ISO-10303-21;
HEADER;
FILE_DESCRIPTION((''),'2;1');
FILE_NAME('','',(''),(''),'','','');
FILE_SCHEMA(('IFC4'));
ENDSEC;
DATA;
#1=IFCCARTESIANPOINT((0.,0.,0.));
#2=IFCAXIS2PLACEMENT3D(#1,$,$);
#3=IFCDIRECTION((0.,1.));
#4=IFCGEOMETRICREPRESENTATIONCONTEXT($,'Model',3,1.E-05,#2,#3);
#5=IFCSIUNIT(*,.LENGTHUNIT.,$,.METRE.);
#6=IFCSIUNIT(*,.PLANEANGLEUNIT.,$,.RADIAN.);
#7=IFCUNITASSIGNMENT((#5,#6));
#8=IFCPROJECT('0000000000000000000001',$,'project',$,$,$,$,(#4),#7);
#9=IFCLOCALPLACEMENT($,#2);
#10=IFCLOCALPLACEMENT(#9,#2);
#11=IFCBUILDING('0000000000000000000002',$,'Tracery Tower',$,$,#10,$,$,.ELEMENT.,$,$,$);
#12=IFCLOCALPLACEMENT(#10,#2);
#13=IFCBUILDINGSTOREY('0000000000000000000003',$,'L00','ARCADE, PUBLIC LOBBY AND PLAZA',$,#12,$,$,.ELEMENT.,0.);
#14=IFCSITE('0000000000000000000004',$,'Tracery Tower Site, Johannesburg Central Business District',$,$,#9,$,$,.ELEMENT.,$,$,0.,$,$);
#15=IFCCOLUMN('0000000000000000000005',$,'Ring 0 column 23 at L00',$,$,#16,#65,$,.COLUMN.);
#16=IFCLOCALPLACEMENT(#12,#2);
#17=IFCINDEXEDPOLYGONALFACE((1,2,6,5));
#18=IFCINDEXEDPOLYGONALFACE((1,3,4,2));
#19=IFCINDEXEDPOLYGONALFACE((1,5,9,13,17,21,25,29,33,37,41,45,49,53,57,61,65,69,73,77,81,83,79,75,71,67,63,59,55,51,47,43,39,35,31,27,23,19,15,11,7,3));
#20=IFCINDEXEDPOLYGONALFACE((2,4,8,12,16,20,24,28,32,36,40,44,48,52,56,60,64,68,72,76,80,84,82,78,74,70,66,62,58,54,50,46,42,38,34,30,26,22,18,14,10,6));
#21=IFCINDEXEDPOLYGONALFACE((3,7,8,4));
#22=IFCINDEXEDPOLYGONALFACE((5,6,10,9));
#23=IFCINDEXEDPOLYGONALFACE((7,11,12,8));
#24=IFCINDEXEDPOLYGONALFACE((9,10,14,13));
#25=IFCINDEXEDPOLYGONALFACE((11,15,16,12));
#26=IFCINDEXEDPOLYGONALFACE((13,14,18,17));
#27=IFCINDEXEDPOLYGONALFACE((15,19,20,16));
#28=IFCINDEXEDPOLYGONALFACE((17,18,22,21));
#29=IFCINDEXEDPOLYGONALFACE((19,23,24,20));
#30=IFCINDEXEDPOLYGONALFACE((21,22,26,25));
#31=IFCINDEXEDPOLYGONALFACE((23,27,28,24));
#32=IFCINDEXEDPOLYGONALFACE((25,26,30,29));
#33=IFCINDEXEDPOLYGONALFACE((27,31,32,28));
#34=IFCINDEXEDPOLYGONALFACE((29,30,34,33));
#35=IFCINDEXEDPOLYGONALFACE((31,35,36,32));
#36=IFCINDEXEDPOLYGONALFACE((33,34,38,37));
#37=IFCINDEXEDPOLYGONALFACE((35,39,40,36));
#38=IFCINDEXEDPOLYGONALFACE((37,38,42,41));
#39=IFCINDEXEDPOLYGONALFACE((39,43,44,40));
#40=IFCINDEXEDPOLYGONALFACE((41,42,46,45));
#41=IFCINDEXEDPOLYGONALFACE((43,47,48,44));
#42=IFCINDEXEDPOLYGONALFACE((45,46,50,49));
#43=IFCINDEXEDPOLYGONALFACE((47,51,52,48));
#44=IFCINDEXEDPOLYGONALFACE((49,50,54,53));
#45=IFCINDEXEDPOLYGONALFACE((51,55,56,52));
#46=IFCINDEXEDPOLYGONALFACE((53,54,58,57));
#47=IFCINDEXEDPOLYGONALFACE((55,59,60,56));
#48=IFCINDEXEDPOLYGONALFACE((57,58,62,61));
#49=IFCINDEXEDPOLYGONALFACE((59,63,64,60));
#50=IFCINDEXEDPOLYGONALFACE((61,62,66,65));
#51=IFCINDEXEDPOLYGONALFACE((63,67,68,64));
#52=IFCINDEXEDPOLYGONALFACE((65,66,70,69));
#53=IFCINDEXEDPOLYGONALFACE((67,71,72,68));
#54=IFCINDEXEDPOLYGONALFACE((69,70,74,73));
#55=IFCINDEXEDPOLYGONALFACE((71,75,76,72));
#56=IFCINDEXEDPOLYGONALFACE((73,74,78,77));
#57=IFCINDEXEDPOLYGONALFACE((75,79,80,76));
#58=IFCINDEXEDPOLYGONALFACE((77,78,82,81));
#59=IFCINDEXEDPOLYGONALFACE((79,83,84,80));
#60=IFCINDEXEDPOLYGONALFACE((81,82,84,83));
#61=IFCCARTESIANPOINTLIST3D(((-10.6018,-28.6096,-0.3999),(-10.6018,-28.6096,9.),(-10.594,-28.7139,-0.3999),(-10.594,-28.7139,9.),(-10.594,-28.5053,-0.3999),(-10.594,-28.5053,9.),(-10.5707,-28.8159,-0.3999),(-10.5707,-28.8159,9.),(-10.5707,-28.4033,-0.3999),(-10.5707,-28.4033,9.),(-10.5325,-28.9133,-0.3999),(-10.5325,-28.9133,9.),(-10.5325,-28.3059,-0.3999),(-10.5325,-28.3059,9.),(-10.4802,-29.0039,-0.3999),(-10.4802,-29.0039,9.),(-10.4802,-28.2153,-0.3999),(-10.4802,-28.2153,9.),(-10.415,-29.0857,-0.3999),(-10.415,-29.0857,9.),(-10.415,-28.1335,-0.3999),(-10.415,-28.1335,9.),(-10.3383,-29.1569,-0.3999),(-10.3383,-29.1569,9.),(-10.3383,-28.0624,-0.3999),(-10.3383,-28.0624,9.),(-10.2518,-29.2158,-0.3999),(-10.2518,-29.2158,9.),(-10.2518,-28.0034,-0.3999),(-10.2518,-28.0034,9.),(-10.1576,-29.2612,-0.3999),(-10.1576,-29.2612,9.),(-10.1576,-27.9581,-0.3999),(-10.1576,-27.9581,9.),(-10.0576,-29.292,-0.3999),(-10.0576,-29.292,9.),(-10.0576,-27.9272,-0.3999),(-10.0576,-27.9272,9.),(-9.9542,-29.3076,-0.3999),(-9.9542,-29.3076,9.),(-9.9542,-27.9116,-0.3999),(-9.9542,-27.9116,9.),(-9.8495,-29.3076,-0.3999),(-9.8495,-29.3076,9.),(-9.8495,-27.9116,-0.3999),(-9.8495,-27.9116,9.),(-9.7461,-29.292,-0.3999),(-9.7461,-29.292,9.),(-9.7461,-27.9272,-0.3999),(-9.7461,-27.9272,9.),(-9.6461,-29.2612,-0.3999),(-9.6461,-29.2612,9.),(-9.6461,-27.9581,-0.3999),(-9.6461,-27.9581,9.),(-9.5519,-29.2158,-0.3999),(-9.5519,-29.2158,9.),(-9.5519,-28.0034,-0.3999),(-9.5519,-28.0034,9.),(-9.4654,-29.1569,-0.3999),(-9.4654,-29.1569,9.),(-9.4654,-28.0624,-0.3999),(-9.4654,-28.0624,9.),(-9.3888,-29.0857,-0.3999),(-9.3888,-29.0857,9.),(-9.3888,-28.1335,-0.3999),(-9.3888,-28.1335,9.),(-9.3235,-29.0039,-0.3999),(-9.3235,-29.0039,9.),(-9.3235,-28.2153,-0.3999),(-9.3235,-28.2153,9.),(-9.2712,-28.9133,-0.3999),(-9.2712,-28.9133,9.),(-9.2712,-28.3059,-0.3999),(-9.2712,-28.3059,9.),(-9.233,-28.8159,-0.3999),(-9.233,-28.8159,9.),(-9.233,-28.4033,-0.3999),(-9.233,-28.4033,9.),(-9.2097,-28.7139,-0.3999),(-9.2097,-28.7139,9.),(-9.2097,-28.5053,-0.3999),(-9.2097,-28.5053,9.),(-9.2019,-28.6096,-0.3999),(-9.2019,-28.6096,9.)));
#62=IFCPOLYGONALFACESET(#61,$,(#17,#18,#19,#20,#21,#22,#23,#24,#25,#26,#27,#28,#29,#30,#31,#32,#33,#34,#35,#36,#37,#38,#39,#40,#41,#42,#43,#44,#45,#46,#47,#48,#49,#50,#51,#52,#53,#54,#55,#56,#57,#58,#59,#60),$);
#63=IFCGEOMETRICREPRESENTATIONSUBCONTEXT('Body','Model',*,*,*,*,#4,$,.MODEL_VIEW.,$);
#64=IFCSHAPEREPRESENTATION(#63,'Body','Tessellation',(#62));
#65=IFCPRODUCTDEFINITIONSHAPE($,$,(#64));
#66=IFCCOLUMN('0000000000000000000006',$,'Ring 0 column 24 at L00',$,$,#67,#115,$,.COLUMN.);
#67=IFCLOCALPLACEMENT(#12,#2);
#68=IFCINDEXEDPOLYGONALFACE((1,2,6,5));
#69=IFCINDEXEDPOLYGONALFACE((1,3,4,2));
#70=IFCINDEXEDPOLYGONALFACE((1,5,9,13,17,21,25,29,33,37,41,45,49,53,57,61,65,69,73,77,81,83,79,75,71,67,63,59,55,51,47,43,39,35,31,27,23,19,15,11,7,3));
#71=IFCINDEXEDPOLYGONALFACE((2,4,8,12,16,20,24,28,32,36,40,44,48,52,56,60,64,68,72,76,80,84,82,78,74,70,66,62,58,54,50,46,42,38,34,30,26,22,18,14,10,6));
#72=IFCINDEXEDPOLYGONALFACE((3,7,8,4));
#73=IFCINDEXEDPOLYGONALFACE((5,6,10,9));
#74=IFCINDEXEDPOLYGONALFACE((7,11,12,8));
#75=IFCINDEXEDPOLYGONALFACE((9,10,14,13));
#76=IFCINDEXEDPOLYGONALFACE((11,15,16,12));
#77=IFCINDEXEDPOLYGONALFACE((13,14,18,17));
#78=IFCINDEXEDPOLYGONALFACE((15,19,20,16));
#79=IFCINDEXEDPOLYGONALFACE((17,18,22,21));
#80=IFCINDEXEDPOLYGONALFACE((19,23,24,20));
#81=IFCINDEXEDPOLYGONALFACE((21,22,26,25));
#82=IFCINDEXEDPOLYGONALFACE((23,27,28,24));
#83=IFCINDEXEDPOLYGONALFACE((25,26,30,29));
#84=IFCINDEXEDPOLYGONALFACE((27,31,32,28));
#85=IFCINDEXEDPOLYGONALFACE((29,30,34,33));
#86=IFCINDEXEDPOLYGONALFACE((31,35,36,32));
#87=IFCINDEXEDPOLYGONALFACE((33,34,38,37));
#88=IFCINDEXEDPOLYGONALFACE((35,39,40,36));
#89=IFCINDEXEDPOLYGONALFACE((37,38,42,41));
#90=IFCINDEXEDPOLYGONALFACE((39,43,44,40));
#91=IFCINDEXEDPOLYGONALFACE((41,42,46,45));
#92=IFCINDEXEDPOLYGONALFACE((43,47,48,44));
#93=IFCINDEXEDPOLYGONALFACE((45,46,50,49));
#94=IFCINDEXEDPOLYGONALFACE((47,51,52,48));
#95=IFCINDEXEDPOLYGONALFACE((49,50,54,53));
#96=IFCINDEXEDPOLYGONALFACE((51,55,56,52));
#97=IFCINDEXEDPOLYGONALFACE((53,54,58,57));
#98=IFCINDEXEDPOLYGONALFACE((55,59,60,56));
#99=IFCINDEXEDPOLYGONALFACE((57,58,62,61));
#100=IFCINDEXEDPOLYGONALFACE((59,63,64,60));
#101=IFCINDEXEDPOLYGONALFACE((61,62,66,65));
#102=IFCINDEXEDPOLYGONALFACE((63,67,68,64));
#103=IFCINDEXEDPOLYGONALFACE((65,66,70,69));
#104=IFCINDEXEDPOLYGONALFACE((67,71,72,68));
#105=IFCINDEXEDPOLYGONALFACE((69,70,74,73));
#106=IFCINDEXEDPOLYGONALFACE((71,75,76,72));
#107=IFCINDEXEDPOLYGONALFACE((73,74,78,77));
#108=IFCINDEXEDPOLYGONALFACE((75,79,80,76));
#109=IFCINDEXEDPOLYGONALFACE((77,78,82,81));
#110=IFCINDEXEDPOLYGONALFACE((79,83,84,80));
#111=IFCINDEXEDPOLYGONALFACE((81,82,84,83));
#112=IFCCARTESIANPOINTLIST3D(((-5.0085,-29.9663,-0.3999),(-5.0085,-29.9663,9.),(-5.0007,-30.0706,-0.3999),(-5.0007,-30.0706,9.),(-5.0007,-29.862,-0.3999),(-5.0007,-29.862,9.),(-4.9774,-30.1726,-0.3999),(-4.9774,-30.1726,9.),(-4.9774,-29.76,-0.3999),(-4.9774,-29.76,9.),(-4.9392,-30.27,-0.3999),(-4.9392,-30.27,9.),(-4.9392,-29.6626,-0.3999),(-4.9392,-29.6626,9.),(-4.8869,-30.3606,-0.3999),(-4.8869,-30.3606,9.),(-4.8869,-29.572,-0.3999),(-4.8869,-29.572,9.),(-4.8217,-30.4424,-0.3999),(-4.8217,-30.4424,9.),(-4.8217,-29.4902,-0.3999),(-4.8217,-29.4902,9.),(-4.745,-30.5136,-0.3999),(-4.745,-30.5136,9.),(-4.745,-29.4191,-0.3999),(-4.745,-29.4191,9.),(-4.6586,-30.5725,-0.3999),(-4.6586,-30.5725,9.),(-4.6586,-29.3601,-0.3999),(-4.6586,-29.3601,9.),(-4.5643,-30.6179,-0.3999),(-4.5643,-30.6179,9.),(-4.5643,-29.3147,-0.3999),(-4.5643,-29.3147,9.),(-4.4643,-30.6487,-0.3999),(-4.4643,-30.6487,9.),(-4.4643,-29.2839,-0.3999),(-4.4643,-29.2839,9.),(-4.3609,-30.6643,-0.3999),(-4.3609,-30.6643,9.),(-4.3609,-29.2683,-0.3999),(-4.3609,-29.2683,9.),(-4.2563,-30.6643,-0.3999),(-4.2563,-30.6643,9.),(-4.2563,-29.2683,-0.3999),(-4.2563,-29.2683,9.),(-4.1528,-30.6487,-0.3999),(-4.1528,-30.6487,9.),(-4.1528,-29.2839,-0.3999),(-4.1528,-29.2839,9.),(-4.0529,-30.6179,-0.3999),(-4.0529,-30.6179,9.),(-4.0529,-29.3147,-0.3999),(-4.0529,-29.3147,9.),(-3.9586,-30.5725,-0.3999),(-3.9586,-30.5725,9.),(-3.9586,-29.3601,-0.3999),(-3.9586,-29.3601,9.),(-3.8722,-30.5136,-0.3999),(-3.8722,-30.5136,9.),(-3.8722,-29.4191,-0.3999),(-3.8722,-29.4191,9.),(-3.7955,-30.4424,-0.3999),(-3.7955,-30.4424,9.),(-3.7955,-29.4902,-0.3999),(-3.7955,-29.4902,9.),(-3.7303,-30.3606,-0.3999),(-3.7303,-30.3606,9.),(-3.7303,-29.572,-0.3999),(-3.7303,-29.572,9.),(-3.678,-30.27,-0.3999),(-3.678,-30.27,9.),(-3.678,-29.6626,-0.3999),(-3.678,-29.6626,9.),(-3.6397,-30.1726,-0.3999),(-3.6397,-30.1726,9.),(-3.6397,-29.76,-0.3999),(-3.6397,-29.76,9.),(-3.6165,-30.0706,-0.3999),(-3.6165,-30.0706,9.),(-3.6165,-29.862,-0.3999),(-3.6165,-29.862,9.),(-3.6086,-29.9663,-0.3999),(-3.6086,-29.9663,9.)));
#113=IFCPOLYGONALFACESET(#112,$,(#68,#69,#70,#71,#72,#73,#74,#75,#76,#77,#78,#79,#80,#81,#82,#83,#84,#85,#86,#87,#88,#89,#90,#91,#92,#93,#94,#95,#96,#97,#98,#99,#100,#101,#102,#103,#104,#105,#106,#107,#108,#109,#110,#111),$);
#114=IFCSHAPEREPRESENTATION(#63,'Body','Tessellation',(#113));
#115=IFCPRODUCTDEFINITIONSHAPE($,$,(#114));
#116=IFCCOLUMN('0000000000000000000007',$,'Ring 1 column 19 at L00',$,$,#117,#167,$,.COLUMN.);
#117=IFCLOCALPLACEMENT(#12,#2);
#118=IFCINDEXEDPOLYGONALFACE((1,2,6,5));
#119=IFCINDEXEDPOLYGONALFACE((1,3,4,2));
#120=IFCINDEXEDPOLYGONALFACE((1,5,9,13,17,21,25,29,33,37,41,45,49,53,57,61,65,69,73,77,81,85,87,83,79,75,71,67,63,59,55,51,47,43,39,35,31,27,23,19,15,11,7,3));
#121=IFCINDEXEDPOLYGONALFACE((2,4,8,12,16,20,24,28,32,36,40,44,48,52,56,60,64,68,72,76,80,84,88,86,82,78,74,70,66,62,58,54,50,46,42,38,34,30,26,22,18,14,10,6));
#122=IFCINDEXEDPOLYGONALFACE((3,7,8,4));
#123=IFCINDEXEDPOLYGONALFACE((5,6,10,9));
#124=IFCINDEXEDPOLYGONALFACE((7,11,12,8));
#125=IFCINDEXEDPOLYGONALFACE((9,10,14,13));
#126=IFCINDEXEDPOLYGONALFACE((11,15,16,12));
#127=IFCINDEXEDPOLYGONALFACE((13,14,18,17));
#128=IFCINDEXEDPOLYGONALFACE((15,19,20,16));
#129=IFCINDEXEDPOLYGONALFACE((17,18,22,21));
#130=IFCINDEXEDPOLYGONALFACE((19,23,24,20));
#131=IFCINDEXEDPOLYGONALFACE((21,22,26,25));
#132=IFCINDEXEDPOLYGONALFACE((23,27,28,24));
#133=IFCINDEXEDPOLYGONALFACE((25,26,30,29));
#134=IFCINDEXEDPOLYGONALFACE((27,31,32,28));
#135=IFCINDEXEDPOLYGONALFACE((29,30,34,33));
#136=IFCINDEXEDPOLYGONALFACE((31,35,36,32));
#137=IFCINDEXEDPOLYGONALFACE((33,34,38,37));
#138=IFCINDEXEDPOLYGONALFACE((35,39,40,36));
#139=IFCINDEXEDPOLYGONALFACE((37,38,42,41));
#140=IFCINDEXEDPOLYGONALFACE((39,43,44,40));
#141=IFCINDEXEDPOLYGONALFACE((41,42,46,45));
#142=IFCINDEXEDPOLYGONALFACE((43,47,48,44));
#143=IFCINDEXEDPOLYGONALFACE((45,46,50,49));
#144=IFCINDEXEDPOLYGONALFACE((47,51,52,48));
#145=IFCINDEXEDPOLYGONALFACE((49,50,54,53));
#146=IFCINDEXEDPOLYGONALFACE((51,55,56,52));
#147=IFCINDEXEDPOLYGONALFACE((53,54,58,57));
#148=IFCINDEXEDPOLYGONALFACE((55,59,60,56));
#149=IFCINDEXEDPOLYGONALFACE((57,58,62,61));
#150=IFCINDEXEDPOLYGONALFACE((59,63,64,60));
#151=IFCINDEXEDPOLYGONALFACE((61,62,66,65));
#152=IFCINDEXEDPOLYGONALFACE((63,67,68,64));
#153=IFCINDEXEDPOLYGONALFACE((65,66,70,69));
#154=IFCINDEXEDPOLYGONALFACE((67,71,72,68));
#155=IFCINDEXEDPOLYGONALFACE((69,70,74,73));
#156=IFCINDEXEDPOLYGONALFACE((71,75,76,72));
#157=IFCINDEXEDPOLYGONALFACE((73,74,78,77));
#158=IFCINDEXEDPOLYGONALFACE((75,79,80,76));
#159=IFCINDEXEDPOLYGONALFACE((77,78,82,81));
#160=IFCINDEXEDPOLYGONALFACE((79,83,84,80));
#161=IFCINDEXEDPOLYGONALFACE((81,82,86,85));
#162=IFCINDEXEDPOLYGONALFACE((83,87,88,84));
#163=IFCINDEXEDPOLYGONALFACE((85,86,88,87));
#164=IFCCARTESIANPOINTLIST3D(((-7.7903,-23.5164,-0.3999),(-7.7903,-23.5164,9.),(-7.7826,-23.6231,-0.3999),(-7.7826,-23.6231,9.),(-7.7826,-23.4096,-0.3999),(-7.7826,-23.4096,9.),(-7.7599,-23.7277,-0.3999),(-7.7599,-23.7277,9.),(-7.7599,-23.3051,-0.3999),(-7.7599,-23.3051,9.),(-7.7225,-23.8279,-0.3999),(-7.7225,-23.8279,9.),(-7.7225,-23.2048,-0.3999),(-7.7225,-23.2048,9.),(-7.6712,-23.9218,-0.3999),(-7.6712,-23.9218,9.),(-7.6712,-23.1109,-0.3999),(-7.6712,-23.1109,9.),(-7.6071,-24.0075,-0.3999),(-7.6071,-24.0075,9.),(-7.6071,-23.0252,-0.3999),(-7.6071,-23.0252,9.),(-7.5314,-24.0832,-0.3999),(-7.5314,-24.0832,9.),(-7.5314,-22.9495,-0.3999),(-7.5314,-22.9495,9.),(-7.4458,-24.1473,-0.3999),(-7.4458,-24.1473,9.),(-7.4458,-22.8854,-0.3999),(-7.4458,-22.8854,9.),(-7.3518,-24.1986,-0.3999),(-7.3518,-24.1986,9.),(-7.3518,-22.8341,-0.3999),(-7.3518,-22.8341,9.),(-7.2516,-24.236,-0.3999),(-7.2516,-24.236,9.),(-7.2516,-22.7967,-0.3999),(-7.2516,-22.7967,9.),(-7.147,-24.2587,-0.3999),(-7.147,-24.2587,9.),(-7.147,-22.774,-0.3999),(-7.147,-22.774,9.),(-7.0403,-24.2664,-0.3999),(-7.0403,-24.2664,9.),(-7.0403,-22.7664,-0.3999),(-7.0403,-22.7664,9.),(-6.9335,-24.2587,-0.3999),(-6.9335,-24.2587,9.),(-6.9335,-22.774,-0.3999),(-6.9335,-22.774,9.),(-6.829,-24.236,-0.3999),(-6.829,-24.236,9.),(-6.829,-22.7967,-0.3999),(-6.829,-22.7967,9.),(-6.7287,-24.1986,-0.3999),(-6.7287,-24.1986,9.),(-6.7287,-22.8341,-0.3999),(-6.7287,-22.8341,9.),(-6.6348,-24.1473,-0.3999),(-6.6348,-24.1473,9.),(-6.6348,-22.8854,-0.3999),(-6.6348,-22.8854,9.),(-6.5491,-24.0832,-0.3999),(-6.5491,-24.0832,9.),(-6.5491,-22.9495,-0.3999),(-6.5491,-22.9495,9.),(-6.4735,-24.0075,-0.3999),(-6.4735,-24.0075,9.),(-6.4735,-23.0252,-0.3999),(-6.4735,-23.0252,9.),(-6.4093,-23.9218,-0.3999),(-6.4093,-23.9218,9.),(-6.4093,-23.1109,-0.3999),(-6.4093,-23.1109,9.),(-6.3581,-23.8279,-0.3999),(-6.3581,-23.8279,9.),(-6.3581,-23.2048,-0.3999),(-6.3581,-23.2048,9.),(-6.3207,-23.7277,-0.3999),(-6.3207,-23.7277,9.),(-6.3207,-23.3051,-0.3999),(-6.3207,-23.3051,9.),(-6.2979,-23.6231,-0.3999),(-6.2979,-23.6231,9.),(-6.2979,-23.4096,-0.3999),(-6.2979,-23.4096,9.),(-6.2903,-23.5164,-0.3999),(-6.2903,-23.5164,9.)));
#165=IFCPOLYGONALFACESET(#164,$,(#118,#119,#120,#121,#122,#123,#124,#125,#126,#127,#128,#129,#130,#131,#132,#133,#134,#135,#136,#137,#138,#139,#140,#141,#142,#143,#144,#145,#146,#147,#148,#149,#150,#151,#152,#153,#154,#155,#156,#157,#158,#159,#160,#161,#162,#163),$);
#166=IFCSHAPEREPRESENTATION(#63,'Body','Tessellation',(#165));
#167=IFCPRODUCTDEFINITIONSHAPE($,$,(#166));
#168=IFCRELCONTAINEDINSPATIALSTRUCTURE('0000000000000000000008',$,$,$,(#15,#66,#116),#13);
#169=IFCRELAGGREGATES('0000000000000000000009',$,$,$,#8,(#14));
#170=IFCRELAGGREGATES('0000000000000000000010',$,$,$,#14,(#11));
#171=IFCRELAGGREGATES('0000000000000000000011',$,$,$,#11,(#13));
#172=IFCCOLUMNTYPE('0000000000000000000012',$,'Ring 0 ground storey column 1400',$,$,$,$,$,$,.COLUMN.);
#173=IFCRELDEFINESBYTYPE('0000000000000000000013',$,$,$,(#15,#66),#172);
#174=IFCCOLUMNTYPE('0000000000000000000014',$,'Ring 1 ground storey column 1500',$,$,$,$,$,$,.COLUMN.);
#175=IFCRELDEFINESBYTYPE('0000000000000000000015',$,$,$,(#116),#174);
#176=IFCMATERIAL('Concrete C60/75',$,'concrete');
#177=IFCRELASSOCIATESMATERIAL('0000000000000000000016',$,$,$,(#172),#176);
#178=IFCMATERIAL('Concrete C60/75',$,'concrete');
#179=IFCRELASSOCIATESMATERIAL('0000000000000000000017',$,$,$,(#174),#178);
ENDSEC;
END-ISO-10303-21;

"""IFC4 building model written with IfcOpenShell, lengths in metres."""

from ifc_helpers import new_model, si_unit, direction, frame, origin, origin_2d, place, context, subcontext, project, spatial, circle, extrude, material, material_profile, profile_set, type_object, element, save


model = new_model("IFC4")

# Units and contexts
model_context = context("Model", 3, precision=1e-05, world=origin(), true_north=direction((0.0, 1.0)))
body_context = subcontext(model_context, "Body", "Model", "MODEL_VIEW")
ifc_project = project(units=[si_unit("LENGTHUNIT", "METRE"), si_unit("PLANEANGLEUNIT", "RADIAN")], contexts=[model_context])

# Site, building, storey
site_placement = place(None, origin())
site = spatial("IfcSite", under=ifc_project, at=site_placement, Name="Tracery Tower Site, Johannesburg Central Business District", CompositionType="ELEMENT", RefElevation=0.0)
building_placement = place(site_placement, origin())
building = spatial("IfcBuilding", under=site, at=building_placement, Name="Tracery Tower", CompositionType="ELEMENT")
storey_placement = place(building_placement, origin())
storey = spatial("IfcBuildingStorey", under=building, at=storey_placement, Name="L00", Description="ARCADE, PUBLIC LOBBY AND PLAZA", CompositionType="ELEMENT", Elevation=0.0)

# Columns
ifc_material_1 = material(Name="Concrete C60/75", Category="concrete")
ifc_material_profile_1 = material_profile(ifc_material_1, circle(Radius=0.7, at=origin_2d()), Name="RC D1400")
ifc_profile_set_1 = profile_set([ifc_material_profile_1], Name="Concrete C60/75")
column_type_1 = type_object("IfcColumnType", Name="Ring 0 ground storey column 1400", PredefinedType="COLUMN", material=ifc_profile_set_1)
for number, where, z_axis, x_axis, name in (
    (1, (-9.9019, -28.6096, -0.3999), (0.0, 0.0, 1.0), (1.0, 0.0, 0.0), "Ring 0 column 23 at L00"),
    (2, (-4.3086, -29.9663, -0.3999), (0.0, 0.0, 1.0), (1.0, 0.0, 0.0), "Ring 0 column 24 at L00"),
):
    element("IfcColumn", number, at=place(storey_placement, frame(where, z_axis=z_axis, x_axis=x_axis)), inside=storey, type_object=column_type_1, Name=name, PredefinedType="COLUMN", context=body_context, shape_type="SweptSolid", body=[
        extrude(circle(Radius=0.7, at=origin_2d()), origin(), (0.0, 0.0, 1.0), 9.3999),
    ])
ifc_material_2 = material(Name="Concrete C60/75", Category="concrete")
ifc_material_profile_2 = material_profile(ifc_material_2, circle(Radius=0.75, at=origin_2d()), Name="RC D1500")
ifc_profile_set_2 = profile_set([ifc_material_profile_2], Name="Concrete C60/75")
column_type_2 = type_object("IfcColumnType", Name="Ring 1 ground storey column 1500", PredefinedType="COLUMN", material=ifc_profile_set_2)
for number, where, z_axis, x_axis, name in (
    (3, (-7.0403, -23.5164, -0.3999), (0.0, 0.0, 1.0), (1.0, 0.0, 0.0), "Ring 1 column 19 at L00"),
):
    element("IfcColumn", number, at=place(storey_placement, frame(where, z_axis=z_axis, x_axis=x_axis)), inside=storey, type_object=column_type_2, Name=name, PredefinedType="COLUMN", context=body_context, shape_type="SweptSolid", body=[
        extrude(circle(Radius=0.75, at=origin_2d()), origin(), (0.0, 0.0, 1.0), 9.3999),
    ])

save(model, "model.ifc")
